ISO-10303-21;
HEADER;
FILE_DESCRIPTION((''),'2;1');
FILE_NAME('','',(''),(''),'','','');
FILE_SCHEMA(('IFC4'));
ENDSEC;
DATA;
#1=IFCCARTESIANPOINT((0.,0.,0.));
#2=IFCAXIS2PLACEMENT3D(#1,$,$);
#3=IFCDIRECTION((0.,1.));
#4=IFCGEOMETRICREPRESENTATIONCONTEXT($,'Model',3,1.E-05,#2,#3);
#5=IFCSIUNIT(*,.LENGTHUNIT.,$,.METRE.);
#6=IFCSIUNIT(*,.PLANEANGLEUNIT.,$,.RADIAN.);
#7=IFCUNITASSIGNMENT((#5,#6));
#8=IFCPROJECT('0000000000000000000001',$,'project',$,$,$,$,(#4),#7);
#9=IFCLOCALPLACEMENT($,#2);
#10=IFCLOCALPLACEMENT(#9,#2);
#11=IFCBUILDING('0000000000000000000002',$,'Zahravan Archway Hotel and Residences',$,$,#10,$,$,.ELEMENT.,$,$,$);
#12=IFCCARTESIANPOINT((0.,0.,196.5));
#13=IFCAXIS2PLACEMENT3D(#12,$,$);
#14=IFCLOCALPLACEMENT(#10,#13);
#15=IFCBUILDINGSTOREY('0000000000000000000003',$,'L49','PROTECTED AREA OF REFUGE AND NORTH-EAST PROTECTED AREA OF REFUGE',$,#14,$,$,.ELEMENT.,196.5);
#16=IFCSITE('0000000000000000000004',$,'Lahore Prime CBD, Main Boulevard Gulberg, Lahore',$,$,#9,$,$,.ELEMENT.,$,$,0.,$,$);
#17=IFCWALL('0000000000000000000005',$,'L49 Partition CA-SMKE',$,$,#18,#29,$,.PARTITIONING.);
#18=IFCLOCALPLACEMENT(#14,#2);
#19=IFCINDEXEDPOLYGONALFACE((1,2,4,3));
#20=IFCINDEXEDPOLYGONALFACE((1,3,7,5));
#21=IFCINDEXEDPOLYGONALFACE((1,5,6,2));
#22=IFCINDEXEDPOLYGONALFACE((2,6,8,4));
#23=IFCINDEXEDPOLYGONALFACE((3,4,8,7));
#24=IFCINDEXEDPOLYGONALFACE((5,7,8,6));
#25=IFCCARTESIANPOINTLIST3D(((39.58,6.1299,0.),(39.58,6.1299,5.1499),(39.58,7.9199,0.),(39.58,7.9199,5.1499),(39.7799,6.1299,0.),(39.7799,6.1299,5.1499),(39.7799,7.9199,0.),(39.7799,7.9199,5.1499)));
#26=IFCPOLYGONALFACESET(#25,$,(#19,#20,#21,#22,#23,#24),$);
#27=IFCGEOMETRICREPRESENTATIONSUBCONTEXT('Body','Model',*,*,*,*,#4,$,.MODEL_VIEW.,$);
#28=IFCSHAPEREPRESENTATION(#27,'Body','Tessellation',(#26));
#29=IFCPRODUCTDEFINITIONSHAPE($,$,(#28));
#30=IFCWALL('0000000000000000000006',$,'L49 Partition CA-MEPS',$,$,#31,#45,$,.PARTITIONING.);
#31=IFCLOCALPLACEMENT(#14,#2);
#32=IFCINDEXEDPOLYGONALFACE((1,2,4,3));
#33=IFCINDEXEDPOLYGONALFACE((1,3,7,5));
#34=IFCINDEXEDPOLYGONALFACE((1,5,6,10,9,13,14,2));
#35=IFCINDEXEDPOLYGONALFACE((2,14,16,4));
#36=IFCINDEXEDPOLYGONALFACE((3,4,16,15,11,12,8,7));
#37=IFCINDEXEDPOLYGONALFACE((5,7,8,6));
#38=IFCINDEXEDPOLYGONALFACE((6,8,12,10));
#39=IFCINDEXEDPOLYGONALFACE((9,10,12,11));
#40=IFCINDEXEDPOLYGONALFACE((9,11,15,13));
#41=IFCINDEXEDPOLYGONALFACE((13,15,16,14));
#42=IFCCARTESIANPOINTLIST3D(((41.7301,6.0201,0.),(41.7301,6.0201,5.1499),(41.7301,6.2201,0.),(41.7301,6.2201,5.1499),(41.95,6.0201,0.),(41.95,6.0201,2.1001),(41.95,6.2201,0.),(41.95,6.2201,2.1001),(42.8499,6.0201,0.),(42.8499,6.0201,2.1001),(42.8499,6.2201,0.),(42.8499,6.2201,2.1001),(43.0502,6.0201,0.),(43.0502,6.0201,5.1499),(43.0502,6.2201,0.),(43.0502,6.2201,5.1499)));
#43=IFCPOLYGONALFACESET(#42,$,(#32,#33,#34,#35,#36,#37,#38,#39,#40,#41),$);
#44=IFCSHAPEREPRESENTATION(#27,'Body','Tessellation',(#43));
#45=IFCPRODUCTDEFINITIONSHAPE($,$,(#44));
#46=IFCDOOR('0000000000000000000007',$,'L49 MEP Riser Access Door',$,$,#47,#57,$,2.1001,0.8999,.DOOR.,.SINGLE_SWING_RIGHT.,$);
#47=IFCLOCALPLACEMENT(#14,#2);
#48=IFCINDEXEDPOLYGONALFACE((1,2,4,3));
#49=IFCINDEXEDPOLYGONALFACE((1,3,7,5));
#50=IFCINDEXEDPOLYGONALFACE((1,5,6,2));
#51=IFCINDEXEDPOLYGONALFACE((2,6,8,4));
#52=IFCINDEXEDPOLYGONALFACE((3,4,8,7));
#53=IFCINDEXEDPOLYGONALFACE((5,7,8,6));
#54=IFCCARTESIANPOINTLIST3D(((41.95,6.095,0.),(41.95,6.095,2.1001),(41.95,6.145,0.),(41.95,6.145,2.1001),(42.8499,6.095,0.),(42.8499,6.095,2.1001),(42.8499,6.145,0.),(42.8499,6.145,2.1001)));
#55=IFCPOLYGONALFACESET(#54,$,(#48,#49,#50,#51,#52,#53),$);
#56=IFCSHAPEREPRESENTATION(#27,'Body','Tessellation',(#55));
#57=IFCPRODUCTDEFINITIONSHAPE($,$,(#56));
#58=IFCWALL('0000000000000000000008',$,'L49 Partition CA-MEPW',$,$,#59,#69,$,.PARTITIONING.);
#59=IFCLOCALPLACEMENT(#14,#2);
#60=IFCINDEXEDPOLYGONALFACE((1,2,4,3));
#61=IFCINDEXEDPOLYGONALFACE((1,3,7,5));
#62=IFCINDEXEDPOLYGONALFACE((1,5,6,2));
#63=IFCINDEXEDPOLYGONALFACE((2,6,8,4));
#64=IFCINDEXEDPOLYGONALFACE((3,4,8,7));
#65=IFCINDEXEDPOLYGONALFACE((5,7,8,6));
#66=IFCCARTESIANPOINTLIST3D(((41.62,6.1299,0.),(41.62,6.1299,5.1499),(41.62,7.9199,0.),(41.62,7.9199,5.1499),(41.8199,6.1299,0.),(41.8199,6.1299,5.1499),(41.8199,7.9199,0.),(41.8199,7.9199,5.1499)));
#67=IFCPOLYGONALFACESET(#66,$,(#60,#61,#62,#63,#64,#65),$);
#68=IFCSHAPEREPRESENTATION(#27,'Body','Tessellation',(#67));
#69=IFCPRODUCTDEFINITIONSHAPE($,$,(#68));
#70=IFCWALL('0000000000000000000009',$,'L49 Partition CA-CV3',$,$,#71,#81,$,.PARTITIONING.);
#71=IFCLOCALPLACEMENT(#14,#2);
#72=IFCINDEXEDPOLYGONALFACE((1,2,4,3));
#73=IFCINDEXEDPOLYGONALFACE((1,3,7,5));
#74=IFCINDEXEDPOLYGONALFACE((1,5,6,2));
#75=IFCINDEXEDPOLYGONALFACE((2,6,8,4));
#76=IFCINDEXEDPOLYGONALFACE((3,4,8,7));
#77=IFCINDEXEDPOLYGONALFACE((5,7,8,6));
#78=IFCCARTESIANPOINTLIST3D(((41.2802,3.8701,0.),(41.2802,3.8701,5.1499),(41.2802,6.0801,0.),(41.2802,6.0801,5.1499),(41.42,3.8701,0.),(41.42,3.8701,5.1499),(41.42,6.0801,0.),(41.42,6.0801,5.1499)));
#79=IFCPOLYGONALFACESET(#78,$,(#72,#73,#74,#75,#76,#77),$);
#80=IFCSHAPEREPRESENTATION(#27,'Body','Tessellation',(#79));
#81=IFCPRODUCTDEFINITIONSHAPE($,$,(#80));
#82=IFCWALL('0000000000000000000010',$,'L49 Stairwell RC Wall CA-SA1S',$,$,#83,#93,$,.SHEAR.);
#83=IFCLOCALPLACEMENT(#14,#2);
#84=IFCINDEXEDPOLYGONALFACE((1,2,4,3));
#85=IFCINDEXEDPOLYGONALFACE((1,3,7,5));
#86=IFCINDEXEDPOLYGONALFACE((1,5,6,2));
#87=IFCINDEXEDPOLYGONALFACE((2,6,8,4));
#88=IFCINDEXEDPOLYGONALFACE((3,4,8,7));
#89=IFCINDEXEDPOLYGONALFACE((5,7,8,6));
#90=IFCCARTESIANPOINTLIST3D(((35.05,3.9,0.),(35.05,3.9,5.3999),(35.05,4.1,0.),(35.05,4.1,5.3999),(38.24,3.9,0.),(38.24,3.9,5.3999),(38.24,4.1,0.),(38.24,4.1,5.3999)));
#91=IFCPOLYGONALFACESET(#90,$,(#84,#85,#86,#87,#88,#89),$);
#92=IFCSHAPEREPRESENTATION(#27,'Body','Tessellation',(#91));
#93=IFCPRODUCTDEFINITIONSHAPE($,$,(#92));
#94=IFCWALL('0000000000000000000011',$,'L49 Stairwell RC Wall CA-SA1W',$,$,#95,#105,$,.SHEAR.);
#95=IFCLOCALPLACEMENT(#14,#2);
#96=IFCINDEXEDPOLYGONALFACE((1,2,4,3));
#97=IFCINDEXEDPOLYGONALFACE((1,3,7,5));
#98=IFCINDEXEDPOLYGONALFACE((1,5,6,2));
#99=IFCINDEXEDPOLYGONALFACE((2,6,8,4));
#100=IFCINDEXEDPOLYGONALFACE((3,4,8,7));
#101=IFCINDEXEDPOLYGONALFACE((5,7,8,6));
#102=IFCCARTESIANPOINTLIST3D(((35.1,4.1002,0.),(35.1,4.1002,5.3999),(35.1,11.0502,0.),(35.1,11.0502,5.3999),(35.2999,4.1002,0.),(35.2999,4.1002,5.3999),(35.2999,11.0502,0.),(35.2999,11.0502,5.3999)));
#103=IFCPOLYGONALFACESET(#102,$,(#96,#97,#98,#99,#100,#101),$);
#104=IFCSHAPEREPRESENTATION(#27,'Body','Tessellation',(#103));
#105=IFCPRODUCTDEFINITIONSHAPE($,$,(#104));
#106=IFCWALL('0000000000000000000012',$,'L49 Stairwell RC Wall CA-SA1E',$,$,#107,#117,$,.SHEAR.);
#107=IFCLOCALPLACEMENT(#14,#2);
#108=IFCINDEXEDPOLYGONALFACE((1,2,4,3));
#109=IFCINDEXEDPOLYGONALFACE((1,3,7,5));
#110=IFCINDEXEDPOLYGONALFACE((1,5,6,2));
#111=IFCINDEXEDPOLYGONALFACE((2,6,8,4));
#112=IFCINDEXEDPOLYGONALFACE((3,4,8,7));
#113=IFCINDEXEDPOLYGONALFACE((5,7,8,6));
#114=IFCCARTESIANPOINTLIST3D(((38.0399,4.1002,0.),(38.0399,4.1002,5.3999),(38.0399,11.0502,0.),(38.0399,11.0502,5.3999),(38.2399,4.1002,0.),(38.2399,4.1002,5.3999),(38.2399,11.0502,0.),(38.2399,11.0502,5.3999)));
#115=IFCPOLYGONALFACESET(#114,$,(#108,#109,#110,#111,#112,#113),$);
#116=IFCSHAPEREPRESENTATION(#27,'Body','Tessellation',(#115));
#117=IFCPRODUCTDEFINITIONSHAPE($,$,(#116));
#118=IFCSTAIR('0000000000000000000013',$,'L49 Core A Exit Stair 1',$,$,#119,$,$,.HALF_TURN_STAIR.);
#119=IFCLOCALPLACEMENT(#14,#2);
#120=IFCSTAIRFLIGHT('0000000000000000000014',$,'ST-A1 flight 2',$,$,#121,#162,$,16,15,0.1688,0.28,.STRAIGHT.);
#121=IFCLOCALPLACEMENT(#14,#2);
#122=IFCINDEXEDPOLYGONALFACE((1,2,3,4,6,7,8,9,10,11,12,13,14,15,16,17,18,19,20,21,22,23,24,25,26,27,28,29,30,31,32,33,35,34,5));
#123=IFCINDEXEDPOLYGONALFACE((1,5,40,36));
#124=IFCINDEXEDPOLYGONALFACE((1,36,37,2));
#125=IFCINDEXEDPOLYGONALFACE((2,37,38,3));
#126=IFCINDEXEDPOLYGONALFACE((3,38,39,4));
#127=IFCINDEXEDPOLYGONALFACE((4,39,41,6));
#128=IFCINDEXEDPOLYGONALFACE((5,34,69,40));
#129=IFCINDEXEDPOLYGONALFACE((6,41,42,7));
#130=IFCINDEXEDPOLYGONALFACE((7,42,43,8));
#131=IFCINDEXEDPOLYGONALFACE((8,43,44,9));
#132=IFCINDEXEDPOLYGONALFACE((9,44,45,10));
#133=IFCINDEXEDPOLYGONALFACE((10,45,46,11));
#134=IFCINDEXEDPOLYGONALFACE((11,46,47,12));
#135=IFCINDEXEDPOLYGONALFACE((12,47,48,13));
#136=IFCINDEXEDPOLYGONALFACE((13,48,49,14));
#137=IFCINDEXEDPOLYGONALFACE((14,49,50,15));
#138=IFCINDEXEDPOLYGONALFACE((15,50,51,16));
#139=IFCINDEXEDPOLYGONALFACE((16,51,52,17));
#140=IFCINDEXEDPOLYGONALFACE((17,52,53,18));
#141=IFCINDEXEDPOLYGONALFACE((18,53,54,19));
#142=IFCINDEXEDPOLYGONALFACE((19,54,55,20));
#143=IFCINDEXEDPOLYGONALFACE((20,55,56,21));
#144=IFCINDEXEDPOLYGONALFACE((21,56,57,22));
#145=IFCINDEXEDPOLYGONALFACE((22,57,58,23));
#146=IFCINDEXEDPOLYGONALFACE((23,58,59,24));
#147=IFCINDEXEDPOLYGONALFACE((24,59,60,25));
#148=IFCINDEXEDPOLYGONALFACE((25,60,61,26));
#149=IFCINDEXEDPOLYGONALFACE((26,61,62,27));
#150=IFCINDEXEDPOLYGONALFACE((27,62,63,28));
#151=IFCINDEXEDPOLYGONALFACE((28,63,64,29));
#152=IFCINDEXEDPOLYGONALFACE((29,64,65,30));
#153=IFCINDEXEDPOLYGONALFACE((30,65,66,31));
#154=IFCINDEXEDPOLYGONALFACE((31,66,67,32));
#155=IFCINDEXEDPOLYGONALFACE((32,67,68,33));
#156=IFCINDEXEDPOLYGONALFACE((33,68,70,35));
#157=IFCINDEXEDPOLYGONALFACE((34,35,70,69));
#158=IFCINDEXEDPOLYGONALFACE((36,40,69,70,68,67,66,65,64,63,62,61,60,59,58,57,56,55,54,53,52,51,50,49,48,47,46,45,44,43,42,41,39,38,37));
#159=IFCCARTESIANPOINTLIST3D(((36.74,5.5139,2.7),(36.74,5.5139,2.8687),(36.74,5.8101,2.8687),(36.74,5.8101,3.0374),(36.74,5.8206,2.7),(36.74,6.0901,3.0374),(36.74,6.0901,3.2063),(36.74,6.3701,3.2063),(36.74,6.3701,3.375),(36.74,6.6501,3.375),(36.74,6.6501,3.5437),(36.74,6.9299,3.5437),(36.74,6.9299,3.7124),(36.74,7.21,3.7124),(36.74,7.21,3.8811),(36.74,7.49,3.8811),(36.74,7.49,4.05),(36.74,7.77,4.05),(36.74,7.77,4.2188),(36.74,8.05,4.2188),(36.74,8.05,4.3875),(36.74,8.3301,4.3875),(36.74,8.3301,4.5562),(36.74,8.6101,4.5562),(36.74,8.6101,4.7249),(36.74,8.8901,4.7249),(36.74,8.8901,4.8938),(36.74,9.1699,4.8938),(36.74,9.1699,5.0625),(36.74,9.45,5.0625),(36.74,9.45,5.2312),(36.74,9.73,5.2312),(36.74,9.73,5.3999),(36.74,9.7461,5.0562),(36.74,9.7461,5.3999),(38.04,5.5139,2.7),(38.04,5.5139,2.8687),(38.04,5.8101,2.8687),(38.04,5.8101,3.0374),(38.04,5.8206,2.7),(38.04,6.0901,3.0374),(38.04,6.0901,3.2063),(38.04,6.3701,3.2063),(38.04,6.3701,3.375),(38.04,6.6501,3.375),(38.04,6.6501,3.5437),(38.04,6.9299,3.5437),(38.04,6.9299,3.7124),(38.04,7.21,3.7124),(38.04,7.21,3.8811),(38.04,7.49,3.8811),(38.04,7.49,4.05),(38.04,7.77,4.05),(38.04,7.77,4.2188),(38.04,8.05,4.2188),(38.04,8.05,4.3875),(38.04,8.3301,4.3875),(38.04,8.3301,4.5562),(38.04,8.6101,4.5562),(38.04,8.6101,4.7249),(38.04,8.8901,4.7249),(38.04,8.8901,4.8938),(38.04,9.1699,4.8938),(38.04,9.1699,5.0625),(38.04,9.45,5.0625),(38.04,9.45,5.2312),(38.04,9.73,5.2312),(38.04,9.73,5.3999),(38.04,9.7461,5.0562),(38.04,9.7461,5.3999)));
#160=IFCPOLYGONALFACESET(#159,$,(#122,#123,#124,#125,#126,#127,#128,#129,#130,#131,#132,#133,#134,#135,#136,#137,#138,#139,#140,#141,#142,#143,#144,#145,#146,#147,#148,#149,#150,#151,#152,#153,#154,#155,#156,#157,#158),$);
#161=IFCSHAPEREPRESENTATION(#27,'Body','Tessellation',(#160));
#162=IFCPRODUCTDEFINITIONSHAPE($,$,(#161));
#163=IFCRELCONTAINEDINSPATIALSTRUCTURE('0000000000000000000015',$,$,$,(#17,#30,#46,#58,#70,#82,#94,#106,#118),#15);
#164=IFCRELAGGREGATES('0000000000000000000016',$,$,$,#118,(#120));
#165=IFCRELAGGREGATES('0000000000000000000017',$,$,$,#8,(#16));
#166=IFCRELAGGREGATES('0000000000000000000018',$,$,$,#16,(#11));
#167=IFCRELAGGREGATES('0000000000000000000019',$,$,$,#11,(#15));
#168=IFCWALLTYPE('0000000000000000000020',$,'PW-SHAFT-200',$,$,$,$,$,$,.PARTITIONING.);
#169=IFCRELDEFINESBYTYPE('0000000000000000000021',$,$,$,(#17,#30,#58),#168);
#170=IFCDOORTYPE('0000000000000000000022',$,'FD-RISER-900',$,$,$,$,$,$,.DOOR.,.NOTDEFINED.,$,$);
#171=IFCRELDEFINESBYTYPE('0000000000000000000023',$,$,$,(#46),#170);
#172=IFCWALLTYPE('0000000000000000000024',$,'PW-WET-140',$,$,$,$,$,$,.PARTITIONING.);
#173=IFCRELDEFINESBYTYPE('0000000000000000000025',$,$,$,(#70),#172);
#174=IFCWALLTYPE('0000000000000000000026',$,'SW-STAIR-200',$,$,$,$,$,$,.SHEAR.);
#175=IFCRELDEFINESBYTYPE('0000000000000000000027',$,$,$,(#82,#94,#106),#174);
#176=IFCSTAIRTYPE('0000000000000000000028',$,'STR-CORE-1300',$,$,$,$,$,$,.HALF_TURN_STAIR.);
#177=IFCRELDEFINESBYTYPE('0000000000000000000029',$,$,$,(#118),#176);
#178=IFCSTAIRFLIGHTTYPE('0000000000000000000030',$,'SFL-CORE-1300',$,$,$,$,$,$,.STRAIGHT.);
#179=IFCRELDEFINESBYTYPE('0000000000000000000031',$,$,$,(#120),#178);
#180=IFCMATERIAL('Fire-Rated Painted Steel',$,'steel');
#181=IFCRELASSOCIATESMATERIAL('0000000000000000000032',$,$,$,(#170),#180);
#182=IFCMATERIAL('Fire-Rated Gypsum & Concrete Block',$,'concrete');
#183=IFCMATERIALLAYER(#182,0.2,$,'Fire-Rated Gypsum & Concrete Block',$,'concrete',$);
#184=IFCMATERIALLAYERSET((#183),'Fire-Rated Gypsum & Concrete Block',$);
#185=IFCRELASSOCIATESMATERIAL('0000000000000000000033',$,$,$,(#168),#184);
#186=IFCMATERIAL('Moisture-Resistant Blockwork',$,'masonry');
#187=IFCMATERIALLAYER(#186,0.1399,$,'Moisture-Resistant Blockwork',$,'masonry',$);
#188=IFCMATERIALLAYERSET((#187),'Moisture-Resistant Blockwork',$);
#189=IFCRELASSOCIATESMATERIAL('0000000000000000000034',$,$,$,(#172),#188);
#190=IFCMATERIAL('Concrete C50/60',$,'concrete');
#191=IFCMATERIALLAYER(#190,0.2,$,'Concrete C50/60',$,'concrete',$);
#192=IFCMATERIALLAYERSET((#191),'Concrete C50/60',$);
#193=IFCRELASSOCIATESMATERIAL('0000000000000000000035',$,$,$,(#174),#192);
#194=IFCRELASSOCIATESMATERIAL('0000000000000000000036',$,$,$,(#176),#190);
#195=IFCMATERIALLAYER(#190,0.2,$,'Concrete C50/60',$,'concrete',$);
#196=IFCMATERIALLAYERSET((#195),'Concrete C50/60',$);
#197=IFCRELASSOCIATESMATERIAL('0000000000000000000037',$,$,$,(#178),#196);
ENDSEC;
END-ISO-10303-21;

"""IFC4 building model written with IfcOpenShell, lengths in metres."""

from ifc_helpers import new_model, si_unit, direction, frame, frame_2d, origin, place, context, subcontext, project, spatial, polyline, rectangle, outline, extrude, source, transform, mapped, material, layer, layer_set, type_object, type_shapes, element, fill, aggregate, save


model = new_model("IFC4")

# Units and contexts
model_context = context("Model", 3, precision=1e-05, world=origin(), true_north=direction((0.0, 1.0)))
body_context = subcontext(model_context, "Body", "Model", "MODEL_VIEW")
ifc_project = project(units=[si_unit("LENGTHUNIT", "METRE"), si_unit("PLANEANGLEUNIT", "RADIAN")], contexts=[model_context])

# Site, building, storey
site_placement = place(None, origin())
site = spatial("IfcSite", under=ifc_project, at=site_placement, Name="Lahore Prime CBD, Main Boulevard Gulberg, Lahore", CompositionType="ELEMENT", RefElevation=0.0)
building_placement = place(site_placement, origin())
building = spatial("IfcBuilding", under=site, at=building_placement, Name="Zahravan Archway Hotel and Residences", CompositionType="ELEMENT")
storey_placement = place(building_placement, frame((0.0, 0.0, 196.5)))
storey = spatial("IfcBuildingStorey", under=building, at=storey_placement, Name="L49", Description="PROTECTED AREA OF REFUGE AND NORTH-EAST PROTECTED AREA OF REFUGE", CompositionType="ELEMENT", Elevation=196.5)

# Shared definitions
ifc_material_1 = material(Name="Fire-Rated Painted Steel", Category="steel")
door_type = type_object("IfcDoorType", Name="FD-RISER-900", OperationType="NOTDEFINED", PredefinedType="DOOR", material=ifc_material_1)
shared_shape_1 = source(origin(), body_context, "Body", "SweptSolid", [
    extrude(rectangle(XDim=0.8999, YDim=2.1001, at=frame_2d((0.45, 1.05))), frame((0.0, 0.0249, 0.0), z_axis=(0.0, -1.0, 0.0), x_axis=(1.0, 0.0, 0.0)), (0.0, 0.0, 1.0), 0.05),
])
type_shapes(door_type, [shared_shape_1])

# Shared definitions
ifc_material_2 = material(Name="Fire-Rated Gypsum & Concrete Block", Category="concrete")
ifc_layer_1 = layer(ifc_material_2, 0.2, Name="Fire-Rated Gypsum & Concrete Block", Category="concrete")
ifc_layer_set_1 = layer_set([ifc_layer_1], Name="Fire-Rated Gypsum & Concrete Block")
wall_type_1 = type_object("IfcWallType", Name="PW-SHAFT-200", PredefinedType="PARTITIONING", material=ifc_layer_set_1)

# Wall
wall_1_placement = place(storey_placement, frame((39.6799, 6.1299, 0.0), z_axis=(0.0, 0.0, 1.0), x_axis=(0.0, 1.0, 0.0)))
element("IfcWall", 1, at=wall_1_placement, inside=storey, type_object=wall_type_1, Name="L49 Partition CA-SMKE", PredefinedType="PARTITIONING", context=body_context, shape_type="SweptSolid", body=[
    extrude(rectangle(XDim=1.79, YDim=0.2, at=frame_2d((0.895, 0.0))), origin(), (0.0, 0.0, 1.0), 5.1499),
])

# Wall, opening, door
wall_2_placement = place(storey_placement, frame((41.73, 6.1201, 0.0), z_axis=(0.0, 0.0, 1.0), x_axis=(1.0, 0.0, 0.0)))
wall_2 = element("IfcWall", 2, at=wall_2_placement, inside=storey, type_object=wall_type_1, Name="L49 Partition CA-MEPS", PredefinedType="PARTITIONING", context=body_context, shape_type="SweptSolid", body=[
    extrude(rectangle(XDim=1.3201, YDim=0.2, at=frame_2d((0.6602, 0.0))), origin(), (0.0, 0.0, 1.0), 5.1499),
])
opening_1_placement = place(wall_2_placement, frame((0.22, 0.0, 0.0)))
opening_1 = element("IfcOpeningElement", 3, at=opening_1_placement, cuts=wall_2, PredefinedType="OPENING", context=body_context, shape_type="SweptSolid", body=[
    extrude(rectangle(XDim=0.8999, YDim=2.1001, at=frame_2d((0.45, 1.05))), frame((0.0, 0.1099, 0.0), z_axis=(0.0, -1.0, 0.0), x_axis=(1.0, 0.0, 0.0)), (0.0, 0.0, 1.0), 0.22),
])
door_1_placement = place(opening_1_placement, origin())
door_1 = element("IfcDoor", 4, at=door_1_placement, inside=storey, type_object=door_type, Name="L49 MEP Riser Access Door", OperationType="SINGLE_SWING_RIGHT", OverallHeight=2.1001, OverallWidth=0.8999, PredefinedType="DOOR", context=body_context, shape_type="MappedRepresentation", body=[
    mapped(shared_shape_1, transform((0.0, 0.0, 0.0), scale=1.0)),
])
fill(opening_1, door_1)

# Walls
wall_3_placement = place(storey_placement, frame((41.72, 6.1299, 0.0), z_axis=(0.0, 0.0, 1.0), x_axis=(0.0, 1.0, 0.0)))
element("IfcWall", 5, at=wall_3_placement, inside=storey, type_object=wall_type_1, Name="L49 Partition CA-MEPW", PredefinedType="PARTITIONING", context=body_context, shape_type="SweptSolid", body=[
    extrude(rectangle(XDim=1.79, YDim=0.2, at=frame_2d((0.895, 0.0))), origin(), (0.0, 0.0, 1.0), 5.1499),
])
ifc_material_3 = material(Name="Moisture-Resistant Blockwork", Category="masonry")
ifc_layer_2 = layer(ifc_material_3, 0.1399, Name="Moisture-Resistant Blockwork", Category="masonry")
ifc_layer_set_2 = layer_set([ifc_layer_2], Name="Moisture-Resistant Blockwork")
wall_type_2 = type_object("IfcWallType", Name="PW-WET-140", PredefinedType="PARTITIONING", material=ifc_layer_set_2)
wall_4_placement = place(storey_placement, frame((41.3501, 3.8701, 0.0), z_axis=(0.0, 0.0, 1.0), x_axis=(0.0, 1.0, 0.0)))
element("IfcWall", 6, at=wall_4_placement, inside=storey, type_object=wall_type_2, Name="L49 Partition CA-CV3", PredefinedType="PARTITIONING", context=body_context, shape_type="SweptSolid", body=[
    extrude(rectangle(XDim=2.21, YDim=0.1399, at=frame_2d((1.105, 0.0))), origin(), (0.0, 0.0, 1.0), 5.1499),
])
ifc_material_4 = material(Name="Concrete C50/60", Category="concrete")
ifc_layer_3 = layer(ifc_material_4, 0.2, Name="Concrete C50/60", Category="concrete")
ifc_layer_set_3 = layer_set([ifc_layer_3], Name="Concrete C50/60")
wall_type_3 = type_object("IfcWallType", Name="SW-STAIR-200", PredefinedType="SHEAR", material=ifc_layer_set_3)
wall_5_placement = place(storey_placement, frame((35.05, 4.0, 0.0), z_axis=(0.0, 0.0, 1.0), x_axis=(1.0, 0.0, 0.0)))
element("IfcWall", 7, at=wall_5_placement, inside=storey, type_object=wall_type_3, Name="L49 Stairwell RC Wall CA-SA1S", PredefinedType="SHEAR", context=body_context, shape_type="SweptSolid", body=[
    extrude(rectangle(XDim=3.1899, YDim=0.2, at=frame_2d((1.595, 0.0))), origin(), (0.0, 0.0, 1.0), 5.3999),
])
for number, where, z_axis, x_axis, name in (
    (8, (35.2, 4.1001, 0.0), (0.0, 0.0, 1.0), (0.0, 1.0, 0.0), "L49 Stairwell RC Wall CA-SA1W"),
    (9, (38.1399, 4.1001, 0.0), (0.0, 0.0, 1.0), (0.0, 1.0, 0.0), "L49 Stairwell RC Wall CA-SA1E"),
):
    element("IfcWall", number, at=place(storey_placement, frame(where, z_axis=z_axis, x_axis=x_axis)), inside=storey, type_object=wall_type_3, Name=name, PredefinedType="SHEAR", context=body_context, shape_type="SweptSolid", body=[
        extrude(rectangle(XDim=6.95, YDim=0.2, at=frame_2d((3.4751, 0.0))), origin(), (0.0, 0.0, 1.0), 5.3999),
    ])

# Stair, stair flight
stair_type = type_object("IfcStairType", Name="STR-CORE-1300", PredefinedType="HALF_TURN_STAIR", material=ifc_material_4)
stair_placement = place(storey_placement, origin())
stair = element("IfcStair", 10, at=stair_placement, inside=storey, type_object=stair_type, Name="L49 Core A Exit Stair 1", PredefinedType="HALF_TURN_STAIR")
ifc_layer_4 = layer(ifc_material_4, 0.2, Name="Concrete C50/60", Category="concrete")
ifc_layer_set_4 = layer_set([ifc_layer_4], Name="Concrete C50/60")
stair_flight_type = type_object("IfcStairFlightType", Name="SFL-CORE-1300", PredefinedType="STRAIGHT", material=ifc_layer_set_4)
shared_shape_2 = source(origin(), body_context, "Body", "SweptSolid", [
    extrude(outline(polyline([(-0.0161, 0.0), (-0.0161, 0.1687), (0.28, 0.1687), (0.28, 0.3374), (0.5601, 0.3374), (0.5601, 0.5063), (0.8401, 0.5063), (0.8401, 0.675), (1.1201, 0.675), (1.1201, 0.8438), (1.3999, 0.8438), (1.3999, 1.0125), (1.6799, 1.0125), (1.6799, 1.1812), (1.96, 1.1812), (1.96, 1.3501), (2.24, 1.3501), (2.24, 1.5188), (2.52, 1.5188), (2.52, 1.6875), (2.8, 1.6875), (2.8, 1.8562), (3.0801, 1.8562), (3.0801, 2.0249), (3.3601, 2.0249), (3.3601, 2.1938), (3.6399, 2.1938), (3.6399, 2.3625), (3.9199, 2.3625), (3.9199, 2.5312), (4.2, 2.5312), (4.2, 2.7), (4.2161, 2.7), (4.2161, 2.3562), (0.2905, 0.0), (-0.0161, 0.0)])), frame((0.0, 0.6499, 0.0), z_axis=(0.0, -1.0, 0.0), x_axis=(1.0, 0.0, 0.0)), (0.0, 0.0, 1.0), 1.3),
])
stair_flight_placement = place(storey_placement, frame((37.3899, 5.53, 2.7), z_axis=(0.0, 0.0, 1.0), x_axis=(0.0, 1.0, 0.0)))
stair_flight = element("IfcStairFlight", 11, at=stair_flight_placement, type_object=stair_flight_type, Name="ST-A1 flight 2", NumberOfRisers=16, NumberOfTreads=15, PredefinedType="STRAIGHT", RiserHeight=0.1688, TreadLength=0.28, context=body_context, shape_type="MappedRepresentation", body=[
    mapped(shared_shape_2, transform((0.0, 0.0, 0.0), scale=1.0)),
])
aggregate(stair, [stair_flight])

save(model, "model.ifc")
